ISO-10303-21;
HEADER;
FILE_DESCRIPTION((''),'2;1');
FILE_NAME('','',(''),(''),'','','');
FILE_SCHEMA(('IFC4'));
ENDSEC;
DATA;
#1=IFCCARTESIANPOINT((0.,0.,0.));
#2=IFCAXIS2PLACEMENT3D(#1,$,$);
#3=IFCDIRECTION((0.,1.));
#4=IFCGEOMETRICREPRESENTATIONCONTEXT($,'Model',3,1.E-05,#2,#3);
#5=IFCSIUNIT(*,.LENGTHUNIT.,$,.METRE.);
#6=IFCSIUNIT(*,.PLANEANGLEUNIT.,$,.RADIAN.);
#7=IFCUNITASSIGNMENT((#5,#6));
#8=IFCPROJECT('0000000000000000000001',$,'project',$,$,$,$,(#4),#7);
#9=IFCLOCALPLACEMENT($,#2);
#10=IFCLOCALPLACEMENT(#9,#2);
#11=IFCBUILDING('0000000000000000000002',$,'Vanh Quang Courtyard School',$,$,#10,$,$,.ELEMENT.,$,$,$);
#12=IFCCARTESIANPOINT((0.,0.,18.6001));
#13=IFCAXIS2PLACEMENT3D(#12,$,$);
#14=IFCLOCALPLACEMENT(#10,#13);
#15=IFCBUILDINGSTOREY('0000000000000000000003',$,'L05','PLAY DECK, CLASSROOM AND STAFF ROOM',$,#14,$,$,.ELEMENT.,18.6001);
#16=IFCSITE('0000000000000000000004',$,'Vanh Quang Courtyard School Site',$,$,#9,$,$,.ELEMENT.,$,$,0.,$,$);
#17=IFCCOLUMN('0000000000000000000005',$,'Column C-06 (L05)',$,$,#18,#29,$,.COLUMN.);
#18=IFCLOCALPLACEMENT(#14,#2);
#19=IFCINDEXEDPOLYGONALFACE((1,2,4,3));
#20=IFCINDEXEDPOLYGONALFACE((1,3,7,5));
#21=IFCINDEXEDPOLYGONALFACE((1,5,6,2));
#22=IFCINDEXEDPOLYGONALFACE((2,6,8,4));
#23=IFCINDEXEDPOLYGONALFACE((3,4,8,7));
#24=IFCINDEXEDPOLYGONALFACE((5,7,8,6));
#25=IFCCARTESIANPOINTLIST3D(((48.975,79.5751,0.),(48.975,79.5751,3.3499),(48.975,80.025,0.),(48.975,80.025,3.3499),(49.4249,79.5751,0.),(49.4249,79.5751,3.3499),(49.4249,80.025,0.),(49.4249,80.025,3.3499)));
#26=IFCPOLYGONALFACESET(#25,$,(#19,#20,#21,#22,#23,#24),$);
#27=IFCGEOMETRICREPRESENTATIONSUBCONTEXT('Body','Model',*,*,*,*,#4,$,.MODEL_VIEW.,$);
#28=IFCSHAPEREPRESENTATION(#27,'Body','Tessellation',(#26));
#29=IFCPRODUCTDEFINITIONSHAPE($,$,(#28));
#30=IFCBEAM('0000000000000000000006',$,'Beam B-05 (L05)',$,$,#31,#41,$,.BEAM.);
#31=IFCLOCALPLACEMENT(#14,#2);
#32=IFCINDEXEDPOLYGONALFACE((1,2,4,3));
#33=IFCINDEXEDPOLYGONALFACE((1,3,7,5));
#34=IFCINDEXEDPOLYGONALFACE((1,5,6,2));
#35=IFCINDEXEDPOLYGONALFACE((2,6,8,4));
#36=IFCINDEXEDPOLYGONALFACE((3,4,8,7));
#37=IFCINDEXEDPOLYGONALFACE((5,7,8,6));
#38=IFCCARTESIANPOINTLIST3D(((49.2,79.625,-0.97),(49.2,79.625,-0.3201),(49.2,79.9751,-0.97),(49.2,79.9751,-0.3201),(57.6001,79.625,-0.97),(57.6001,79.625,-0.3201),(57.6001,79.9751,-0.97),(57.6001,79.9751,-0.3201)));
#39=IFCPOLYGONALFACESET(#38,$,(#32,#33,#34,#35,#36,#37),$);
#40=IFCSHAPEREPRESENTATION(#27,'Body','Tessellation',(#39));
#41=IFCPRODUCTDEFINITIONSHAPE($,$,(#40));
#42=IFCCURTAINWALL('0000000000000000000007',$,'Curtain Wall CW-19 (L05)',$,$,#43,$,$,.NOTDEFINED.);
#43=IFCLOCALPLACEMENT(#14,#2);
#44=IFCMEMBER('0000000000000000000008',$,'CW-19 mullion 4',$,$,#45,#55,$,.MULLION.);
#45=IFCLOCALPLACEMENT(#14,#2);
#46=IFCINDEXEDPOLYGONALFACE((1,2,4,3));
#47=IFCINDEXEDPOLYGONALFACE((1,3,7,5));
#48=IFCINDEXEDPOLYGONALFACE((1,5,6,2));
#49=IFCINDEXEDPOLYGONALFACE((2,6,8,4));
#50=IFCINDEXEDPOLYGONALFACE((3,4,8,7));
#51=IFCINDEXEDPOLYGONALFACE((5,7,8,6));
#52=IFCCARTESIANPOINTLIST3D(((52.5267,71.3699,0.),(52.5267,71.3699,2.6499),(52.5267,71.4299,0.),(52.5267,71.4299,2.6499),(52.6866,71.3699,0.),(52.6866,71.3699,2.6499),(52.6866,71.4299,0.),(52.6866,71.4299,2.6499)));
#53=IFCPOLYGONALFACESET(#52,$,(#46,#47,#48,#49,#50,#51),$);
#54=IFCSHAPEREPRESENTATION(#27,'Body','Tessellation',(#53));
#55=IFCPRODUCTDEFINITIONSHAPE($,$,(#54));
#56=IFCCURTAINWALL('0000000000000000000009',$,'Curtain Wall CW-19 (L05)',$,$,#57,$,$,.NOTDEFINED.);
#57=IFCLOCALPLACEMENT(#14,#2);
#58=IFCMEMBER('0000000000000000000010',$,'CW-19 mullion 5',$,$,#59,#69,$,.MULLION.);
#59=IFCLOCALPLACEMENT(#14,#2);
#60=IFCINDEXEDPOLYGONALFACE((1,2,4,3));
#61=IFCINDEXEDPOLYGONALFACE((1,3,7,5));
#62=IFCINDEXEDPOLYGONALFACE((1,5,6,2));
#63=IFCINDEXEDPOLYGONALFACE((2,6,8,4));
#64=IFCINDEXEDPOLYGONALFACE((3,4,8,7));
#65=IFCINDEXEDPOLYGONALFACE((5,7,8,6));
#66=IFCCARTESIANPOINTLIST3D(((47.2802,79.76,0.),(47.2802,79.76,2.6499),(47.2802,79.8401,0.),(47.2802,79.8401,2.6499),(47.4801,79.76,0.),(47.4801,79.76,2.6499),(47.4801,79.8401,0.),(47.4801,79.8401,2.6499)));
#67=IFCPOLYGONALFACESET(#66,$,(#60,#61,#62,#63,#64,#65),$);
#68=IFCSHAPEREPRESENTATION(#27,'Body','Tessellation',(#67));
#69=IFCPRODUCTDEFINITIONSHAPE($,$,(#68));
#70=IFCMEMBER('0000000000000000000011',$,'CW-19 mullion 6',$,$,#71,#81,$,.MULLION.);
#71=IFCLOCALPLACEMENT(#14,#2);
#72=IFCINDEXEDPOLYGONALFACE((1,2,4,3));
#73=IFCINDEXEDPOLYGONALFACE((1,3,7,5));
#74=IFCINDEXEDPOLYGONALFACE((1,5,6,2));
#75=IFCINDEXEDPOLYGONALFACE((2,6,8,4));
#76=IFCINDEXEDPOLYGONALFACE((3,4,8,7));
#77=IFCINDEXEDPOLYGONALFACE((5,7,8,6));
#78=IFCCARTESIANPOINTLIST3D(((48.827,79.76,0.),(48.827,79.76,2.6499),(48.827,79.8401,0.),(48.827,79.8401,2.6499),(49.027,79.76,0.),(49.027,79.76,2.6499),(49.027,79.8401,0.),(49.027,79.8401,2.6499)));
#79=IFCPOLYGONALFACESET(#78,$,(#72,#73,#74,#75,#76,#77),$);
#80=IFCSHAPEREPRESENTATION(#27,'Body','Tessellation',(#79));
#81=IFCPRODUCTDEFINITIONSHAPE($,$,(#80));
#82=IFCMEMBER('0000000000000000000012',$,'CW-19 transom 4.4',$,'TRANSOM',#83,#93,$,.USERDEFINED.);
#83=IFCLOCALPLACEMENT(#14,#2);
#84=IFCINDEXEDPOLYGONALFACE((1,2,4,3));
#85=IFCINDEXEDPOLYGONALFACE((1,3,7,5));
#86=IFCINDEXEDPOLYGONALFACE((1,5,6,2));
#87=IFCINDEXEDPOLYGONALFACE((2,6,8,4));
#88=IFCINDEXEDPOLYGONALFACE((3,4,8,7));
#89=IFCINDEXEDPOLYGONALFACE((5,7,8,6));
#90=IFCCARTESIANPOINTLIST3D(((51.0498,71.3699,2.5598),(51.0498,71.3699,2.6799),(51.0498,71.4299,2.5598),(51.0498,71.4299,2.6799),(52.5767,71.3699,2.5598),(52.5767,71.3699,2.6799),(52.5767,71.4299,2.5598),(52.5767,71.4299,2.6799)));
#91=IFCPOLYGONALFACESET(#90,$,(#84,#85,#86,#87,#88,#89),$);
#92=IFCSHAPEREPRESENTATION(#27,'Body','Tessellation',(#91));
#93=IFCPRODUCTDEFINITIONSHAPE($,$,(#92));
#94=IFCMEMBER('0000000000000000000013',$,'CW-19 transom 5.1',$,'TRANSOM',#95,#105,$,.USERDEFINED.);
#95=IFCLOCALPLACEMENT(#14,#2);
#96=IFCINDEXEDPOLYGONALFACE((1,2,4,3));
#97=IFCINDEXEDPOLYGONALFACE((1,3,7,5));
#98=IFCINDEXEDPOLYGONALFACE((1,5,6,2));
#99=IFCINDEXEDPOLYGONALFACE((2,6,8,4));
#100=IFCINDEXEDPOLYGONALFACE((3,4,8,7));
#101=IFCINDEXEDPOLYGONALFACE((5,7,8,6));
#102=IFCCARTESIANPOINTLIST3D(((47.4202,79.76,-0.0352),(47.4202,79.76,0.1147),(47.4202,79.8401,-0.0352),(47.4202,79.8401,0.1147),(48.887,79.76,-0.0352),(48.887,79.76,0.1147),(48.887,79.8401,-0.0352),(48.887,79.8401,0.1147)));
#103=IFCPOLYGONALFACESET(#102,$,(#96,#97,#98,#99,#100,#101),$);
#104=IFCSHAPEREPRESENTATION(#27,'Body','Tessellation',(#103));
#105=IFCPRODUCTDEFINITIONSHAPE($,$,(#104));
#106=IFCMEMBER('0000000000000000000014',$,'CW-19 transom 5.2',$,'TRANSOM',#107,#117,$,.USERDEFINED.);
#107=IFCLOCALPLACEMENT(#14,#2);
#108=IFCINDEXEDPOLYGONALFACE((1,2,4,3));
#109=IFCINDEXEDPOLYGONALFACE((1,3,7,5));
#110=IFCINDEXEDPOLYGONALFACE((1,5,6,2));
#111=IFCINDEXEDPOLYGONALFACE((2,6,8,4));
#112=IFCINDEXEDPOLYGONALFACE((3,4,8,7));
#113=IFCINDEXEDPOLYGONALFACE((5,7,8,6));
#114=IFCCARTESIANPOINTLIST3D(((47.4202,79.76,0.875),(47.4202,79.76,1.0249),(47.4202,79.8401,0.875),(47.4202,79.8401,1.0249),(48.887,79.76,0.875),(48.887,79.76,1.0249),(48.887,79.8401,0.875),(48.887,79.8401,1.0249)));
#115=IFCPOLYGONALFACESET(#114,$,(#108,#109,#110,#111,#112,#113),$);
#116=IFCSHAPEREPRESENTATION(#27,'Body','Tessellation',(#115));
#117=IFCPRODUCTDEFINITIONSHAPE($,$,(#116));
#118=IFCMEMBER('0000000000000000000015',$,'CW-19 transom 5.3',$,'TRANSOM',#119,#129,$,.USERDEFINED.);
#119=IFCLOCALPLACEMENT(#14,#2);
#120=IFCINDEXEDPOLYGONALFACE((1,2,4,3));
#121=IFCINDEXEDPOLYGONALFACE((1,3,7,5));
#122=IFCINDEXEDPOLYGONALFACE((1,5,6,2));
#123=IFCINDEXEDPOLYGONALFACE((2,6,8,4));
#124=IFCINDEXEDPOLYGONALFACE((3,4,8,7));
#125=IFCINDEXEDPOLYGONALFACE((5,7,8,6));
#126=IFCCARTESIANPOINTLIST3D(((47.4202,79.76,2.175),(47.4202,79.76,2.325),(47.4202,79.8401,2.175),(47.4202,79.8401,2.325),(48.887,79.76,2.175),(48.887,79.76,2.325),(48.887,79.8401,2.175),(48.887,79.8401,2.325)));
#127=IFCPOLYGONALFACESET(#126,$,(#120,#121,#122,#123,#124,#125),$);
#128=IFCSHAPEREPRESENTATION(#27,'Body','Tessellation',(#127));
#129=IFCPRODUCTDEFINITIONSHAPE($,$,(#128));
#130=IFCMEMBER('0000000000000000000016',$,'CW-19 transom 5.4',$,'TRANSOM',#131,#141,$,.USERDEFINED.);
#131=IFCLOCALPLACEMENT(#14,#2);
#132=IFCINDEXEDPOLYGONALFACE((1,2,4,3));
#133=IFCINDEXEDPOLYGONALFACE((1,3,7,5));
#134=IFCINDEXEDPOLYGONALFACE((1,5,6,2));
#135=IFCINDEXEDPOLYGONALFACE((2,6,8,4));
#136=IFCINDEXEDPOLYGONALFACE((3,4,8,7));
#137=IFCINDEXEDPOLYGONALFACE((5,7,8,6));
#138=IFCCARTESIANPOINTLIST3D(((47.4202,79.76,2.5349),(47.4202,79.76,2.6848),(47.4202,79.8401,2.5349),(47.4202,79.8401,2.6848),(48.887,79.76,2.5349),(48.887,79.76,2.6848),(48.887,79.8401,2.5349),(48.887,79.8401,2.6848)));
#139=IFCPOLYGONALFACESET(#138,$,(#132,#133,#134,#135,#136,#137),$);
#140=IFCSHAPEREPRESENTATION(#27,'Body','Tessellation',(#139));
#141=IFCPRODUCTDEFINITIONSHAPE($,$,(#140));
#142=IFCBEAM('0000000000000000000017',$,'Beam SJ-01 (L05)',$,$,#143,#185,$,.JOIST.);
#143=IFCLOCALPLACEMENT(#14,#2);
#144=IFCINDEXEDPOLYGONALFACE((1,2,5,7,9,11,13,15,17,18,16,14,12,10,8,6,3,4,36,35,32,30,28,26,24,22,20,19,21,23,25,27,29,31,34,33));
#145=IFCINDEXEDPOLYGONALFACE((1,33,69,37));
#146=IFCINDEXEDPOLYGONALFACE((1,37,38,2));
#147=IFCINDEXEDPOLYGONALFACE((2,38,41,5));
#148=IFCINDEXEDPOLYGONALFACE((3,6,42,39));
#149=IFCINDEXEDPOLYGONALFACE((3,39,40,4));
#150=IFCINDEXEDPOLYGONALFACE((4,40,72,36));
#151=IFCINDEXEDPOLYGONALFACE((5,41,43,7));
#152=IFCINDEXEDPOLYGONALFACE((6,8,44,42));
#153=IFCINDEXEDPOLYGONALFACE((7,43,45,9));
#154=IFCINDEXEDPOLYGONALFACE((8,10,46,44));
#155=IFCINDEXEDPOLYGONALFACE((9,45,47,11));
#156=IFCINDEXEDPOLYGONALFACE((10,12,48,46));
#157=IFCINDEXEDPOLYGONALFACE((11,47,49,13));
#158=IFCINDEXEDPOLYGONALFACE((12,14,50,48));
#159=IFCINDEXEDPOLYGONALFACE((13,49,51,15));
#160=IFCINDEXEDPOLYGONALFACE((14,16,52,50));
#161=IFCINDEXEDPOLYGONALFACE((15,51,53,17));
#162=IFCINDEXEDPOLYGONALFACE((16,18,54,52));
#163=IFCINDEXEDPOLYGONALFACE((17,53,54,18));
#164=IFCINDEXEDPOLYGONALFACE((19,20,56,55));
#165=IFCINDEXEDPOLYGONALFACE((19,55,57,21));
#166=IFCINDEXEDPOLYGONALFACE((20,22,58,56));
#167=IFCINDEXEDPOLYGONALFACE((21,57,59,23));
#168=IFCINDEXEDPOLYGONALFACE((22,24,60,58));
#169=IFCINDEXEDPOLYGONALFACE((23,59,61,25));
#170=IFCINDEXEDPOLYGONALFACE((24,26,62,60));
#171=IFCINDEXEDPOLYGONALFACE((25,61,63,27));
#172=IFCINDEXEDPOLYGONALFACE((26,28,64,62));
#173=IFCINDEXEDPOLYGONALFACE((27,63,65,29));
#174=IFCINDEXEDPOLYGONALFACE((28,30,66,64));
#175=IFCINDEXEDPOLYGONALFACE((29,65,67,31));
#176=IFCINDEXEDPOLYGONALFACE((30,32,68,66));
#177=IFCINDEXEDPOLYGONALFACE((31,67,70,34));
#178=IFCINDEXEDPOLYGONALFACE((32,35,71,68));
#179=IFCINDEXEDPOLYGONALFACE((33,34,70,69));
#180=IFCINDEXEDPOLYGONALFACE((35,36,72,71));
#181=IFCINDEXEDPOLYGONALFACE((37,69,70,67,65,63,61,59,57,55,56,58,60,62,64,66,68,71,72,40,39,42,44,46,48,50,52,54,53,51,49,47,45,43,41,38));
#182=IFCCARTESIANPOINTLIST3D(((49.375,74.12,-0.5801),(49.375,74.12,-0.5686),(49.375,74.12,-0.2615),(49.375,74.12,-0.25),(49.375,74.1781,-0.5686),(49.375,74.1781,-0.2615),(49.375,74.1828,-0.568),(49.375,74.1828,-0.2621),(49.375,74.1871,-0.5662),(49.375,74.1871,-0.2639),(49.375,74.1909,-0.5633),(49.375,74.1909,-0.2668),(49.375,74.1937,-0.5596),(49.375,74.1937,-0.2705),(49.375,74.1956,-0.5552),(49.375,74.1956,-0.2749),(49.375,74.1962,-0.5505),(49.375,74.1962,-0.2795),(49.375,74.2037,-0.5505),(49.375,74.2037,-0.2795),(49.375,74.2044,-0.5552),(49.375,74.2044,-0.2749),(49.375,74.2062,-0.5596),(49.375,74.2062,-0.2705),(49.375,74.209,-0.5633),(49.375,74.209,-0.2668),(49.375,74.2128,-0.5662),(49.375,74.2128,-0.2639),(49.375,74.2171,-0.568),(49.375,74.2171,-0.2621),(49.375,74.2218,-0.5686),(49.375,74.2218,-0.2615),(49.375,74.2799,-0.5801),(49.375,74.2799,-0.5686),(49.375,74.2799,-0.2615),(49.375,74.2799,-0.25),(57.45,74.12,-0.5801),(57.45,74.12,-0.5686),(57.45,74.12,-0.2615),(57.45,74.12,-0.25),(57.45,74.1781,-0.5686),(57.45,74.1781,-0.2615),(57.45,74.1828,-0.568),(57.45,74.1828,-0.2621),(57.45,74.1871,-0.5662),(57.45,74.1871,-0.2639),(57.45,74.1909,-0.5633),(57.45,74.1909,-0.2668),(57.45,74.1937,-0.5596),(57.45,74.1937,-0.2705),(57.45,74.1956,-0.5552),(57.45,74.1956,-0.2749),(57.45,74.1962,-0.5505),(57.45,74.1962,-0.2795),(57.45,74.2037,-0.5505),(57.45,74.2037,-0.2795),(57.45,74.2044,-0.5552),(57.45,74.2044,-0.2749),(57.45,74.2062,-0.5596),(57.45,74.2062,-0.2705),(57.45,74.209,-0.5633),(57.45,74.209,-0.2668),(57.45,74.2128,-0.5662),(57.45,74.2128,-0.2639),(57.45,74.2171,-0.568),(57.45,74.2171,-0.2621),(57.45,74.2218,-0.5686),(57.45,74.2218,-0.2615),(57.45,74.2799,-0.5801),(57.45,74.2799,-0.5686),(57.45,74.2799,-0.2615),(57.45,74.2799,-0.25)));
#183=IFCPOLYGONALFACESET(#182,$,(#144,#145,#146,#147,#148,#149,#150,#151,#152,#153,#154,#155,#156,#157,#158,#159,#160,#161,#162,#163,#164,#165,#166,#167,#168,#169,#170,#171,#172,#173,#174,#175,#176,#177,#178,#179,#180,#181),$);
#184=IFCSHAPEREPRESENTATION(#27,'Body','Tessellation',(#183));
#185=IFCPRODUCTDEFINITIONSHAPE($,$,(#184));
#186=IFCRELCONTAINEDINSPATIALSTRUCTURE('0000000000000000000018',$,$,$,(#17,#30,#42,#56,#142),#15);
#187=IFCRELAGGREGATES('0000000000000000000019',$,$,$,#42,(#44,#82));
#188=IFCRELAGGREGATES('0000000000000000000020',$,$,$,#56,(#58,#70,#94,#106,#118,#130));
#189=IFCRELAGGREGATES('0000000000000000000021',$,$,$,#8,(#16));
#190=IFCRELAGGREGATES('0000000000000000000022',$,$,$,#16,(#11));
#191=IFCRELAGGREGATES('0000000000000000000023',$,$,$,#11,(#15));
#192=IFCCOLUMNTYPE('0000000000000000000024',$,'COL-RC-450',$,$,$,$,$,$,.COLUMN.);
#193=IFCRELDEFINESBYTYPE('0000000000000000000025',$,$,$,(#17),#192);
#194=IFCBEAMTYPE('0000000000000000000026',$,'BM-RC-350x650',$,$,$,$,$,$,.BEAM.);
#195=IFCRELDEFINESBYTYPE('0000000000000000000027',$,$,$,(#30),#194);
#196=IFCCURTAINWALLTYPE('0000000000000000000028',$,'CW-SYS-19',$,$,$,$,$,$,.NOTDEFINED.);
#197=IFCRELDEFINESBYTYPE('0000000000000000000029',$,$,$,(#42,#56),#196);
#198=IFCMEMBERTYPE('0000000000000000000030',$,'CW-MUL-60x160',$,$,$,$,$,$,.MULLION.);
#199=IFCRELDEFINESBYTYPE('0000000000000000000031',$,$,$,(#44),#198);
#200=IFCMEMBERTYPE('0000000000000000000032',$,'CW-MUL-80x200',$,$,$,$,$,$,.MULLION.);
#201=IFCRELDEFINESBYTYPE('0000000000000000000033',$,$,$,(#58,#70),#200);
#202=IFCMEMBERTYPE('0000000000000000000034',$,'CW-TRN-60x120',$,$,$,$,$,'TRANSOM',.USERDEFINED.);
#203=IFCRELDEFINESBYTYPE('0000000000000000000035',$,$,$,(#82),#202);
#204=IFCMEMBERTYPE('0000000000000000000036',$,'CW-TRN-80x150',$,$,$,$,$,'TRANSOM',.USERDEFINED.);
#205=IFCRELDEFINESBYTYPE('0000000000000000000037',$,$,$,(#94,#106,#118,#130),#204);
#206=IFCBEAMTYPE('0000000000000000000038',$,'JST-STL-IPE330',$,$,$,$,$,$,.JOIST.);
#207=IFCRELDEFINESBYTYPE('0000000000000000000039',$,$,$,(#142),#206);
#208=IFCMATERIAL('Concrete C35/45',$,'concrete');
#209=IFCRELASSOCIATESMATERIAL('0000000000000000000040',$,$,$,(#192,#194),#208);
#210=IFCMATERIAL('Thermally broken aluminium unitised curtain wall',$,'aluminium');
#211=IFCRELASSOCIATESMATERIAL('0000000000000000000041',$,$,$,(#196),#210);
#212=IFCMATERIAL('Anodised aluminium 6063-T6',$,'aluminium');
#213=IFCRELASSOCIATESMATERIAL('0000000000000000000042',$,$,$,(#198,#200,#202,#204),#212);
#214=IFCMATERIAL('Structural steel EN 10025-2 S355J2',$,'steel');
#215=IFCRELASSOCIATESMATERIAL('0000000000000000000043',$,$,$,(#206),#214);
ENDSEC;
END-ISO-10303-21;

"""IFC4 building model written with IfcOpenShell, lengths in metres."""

from ifc_helpers import new_model, si_unit, direction, frame, origin, origin_2d, place, context, subcontext, project, spatial, rectangle, i_section, extrude, material, material_profile, profile_set, type_object, element, aggregate, save


model = new_model("IFC4")

# Units and contexts
model_context = context("Model", 3, precision=1e-05, world=origin(), true_north=direction((0.0, 1.0)))
body_context = subcontext(model_context, "Body", "Model", "MODEL_VIEW")
ifc_project = project(units=[si_unit("LENGTHUNIT", "METRE"), si_unit("PLANEANGLEUNIT", "RADIAN")], contexts=[model_context])

# Site, building, storey
site_placement = place(None, origin())
site = spatial("IfcSite", under=ifc_project, at=site_placement, Name="Vanh Quang Courtyard School Site", CompositionType="ELEMENT", RefElevation=0.0)
building_placement = place(site_placement, origin())
building = spatial("IfcBuilding", under=site, at=building_placement, Name="Vanh Quang Courtyard School", CompositionType="ELEMENT")
storey_placement = place(building_placement, frame((0.0, 0.0, 18.6001)))
storey = spatial("IfcBuildingStorey", under=building, at=storey_placement, Name="L05", Description="PLAY DECK, CLASSROOM AND STAFF ROOM", CompositionType="ELEMENT", Elevation=18.6001)

# Column
ifc_material_1 = material(Name="Concrete C35/45", Category="concrete")
ifc_material_profile_1 = material_profile(ifc_material_1, rectangle(XDim=0.45, YDim=0.45, at=origin_2d()), Name="RC-COL 450x450")
ifc_profile_set_1 = profile_set([ifc_material_profile_1], Name="Concrete C35/45")
column_type = type_object("IfcColumnType", Name="COL-RC-450", PredefinedType="COLUMN", material=ifc_profile_set_1)
column_placement = place(storey_placement, frame((49.2, 79.8, 0.0), z_axis=(0.0, 0.0, 1.0), x_axis=(1.0, 0.0, 0.0)))
element("IfcColumn", 1, at=column_placement, inside=storey, type_object=column_type, Name="Column C-06 (L05)", PredefinedType="COLUMN", context=body_context, shape_type="SweptSolid", body=[
    extrude(rectangle(XDim=0.45, YDim=0.45, at=origin_2d()), origin(), (0.0, 0.0, 1.0), 3.3499),
])

# Beam
ifc_material_profile_2 = material_profile(ifc_material_1, rectangle(XDim=0.3501, YDim=0.6499, at=origin_2d()), Name="RC-BM 350x650")
ifc_profile_set_2 = profile_set([ifc_material_profile_2], Name="Concrete C35/45")
beam_type_1 = type_object("IfcBeamType", Name="BM-RC-350x650", PredefinedType="BEAM", material=ifc_profile_set_2)
beam_placement = place(storey_placement, frame((49.2, 79.8, -0.645), z_axis=(1.0, 0.0, 0.0), x_axis=(0.0, 1.0, 0.0)))
element("IfcBeam", 2, at=beam_placement, inside=storey, type_object=beam_type_1, Name="Beam B-05 (L05)", PredefinedType="BEAM", context=body_context, shape_type="SweptSolid", body=[
    extrude(rectangle(XDim=0.3501, YDim=0.6499, at=origin_2d()), origin(), (0.0, 0.0, 1.0), 8.4001),
])

# Curtain wall, member
ifc_material_2 = material(Name="Thermally broken aluminium unitised curtain wall", Category="aluminium")
curtain_wall_type = type_object("IfcCurtainWallType", Name="CW-SYS-19", PredefinedType="NOTDEFINED", material=ifc_material_2)
curtain_wall_1_placement = place(storey_placement, origin())
curtain_wall_1 = element("IfcCurtainWall", 3, at=curtain_wall_1_placement, inside=storey, type_object=curtain_wall_type, Name="Curtain Wall CW-19 (L05)", PredefinedType="NOTDEFINED")
ifc_material_3 = material(Name="Anodised aluminium 6063-T6", Category="aluminium")
ifc_material_profile_3 = material_profile(ifc_material_3, rectangle(XDim=0.0601, YDim=0.1599, at=origin_2d()), Name="ALU-MUL 60x160")
ifc_profile_set_3 = profile_set([ifc_material_profile_3], Name="Anodised aluminium 6063-T6")
member_type_1 = type_object("IfcMemberType", Name="CW-MUL-60x160", PredefinedType="MULLION", material=ifc_profile_set_3)
member_1_placement = place(storey_placement, frame((52.6067, 71.3999, 0.0), z_axis=(0.0, 0.0, 1.0), x_axis=(0.0, -1.0, 0.0)))
member_1 = element("IfcMember", 4, at=member_1_placement, type_object=member_type_1, Name="CW-19 mullion 4", PredefinedType="MULLION", context=body_context, shape_type="SweptSolid", body=[
    extrude(rectangle(XDim=0.0601, YDim=0.1599, at=origin_2d()), origin(), (0.0, 0.0, 1.0), 2.6499),
])

# Curtain wall, members
curtain_wall_2_placement = place(storey_placement, origin())
curtain_wall_2 = element("IfcCurtainWall", 5, at=curtain_wall_2_placement, inside=storey, type_object=curtain_wall_type, Name="Curtain Wall CW-19 (L05)", PredefinedType="NOTDEFINED")
ifc_material_profile_4 = material_profile(ifc_material_3, rectangle(XDim=0.0801, YDim=0.2, at=origin_2d()), Name="ALU-MUL 80x200")
ifc_profile_set_4 = profile_set([ifc_material_profile_4], Name="Anodised aluminium 6063-T6")
member_type_2 = type_object("IfcMemberType", Name="CW-MUL-80x200", PredefinedType="MULLION", material=ifc_profile_set_4)
member_2_placement = place(storey_placement, frame((47.3801, 79.8, 0.0), z_axis=(0.0, 0.0, 1.0), x_axis=(0.0, 1.0, 0.0)))
member_2 = element("IfcMember", 6, at=member_2_placement, type_object=member_type_2, Name="CW-19 mullion 5", PredefinedType="MULLION", context=body_context, shape_type="SweptSolid", body=[
    extrude(rectangle(XDim=0.0801, YDim=0.2, at=origin_2d()), origin(), (0.0, 0.0, 1.0), 2.6499),
])
member_3_placement = place(storey_placement, frame((48.927, 79.8, 0.0), z_axis=(0.0, 0.0, 1.0), x_axis=(0.0, 1.0, 0.0)))
member_3 = element("IfcMember", 7, at=member_3_placement, type_object=member_type_2, Name="CW-19 mullion 6", PredefinedType="MULLION", context=body_context, shape_type="SweptSolid", body=[
    extrude(rectangle(XDim=0.0801, YDim=0.2, at=origin_2d()), origin(), (0.0, 0.0, 1.0), 2.6499),
])

# Members
ifc_material_profile_5 = material_profile(ifc_material_3, rectangle(XDim=0.0601, YDim=0.1201, at=origin_2d()), Name="ALU-TRN 60x120")
ifc_profile_set_5 = profile_set([ifc_material_profile_5], Name="Anodised aluminium 6063-T6")
member_type_3 = type_object("IfcMemberType", Name="CW-TRN-60x120", ElementType="TRANSOM", PredefinedType="USERDEFINED", material=ifc_profile_set_5)
member_4_placement = place(storey_placement, frame((52.5767, 71.3999, 2.6199), z_axis=(-1.0, 0.0, 0.0), x_axis=(0.0, -1.0, 0.0)))
member_4 = element("IfcMember", 8, at=member_4_placement, type_object=member_type_3, Name="CW-19 transom 4.4", ObjectType="TRANSOM", PredefinedType="USERDEFINED", context=body_context, shape_type="SweptSolid", body=[
    extrude(rectangle(XDim=0.0601, YDim=0.1201, at=origin_2d()), origin(), (0.0, 0.0, 1.0), 1.5269),
])
aggregate(curtain_wall_1, [member_1, member_4])
ifc_material_profile_6 = material_profile(ifc_material_3, rectangle(XDim=0.0801, YDim=0.1499, at=origin_2d()), Name="ALU-TRN 80x150")
ifc_profile_set_6 = profile_set([ifc_material_profile_6], Name="Anodised aluminium 6063-T6")
member_type_4 = type_object("IfcMemberType", Name="CW-TRN-80x150", ElementType="TRANSOM", PredefinedType="USERDEFINED", material=ifc_profile_set_6)
member_5_placement = place(storey_placement, frame((47.4202, 79.8, 0.0398), z_axis=(1.0, 0.0, 0.0), x_axis=(0.0, 1.0, 0.0)))
member_5 = element("IfcMember", 9, at=member_5_placement, type_object=member_type_4, Name="CW-19 transom 5.1", ObjectType="TRANSOM", PredefinedType="USERDEFINED", context=body_context, shape_type="SweptSolid", body=[
    extrude(rectangle(XDim=0.0801, YDim=0.1499, at=origin_2d()), origin(), (0.0, 0.0, 1.0), 1.4668),
])
member_6_placement = place(storey_placement, frame((47.4202, 79.8, 0.95), z_axis=(1.0, 0.0, 0.0), x_axis=(0.0, 1.0, 0.0)))
member_6 = element("IfcMember", 10, at=member_6_placement, type_object=member_type_4, Name="CW-19 transom 5.2", ObjectType="TRANSOM", PredefinedType="USERDEFINED", context=body_context, shape_type="SweptSolid", body=[
    extrude(rectangle(XDim=0.0801, YDim=0.1499, at=origin_2d()), origin(), (0.0, 0.0, 1.0), 1.4668),
])
member_7_placement = place(storey_placement, frame((47.4202, 79.8, 2.25), z_axis=(1.0, 0.0, 0.0), x_axis=(0.0, 1.0, 0.0)))
member_7 = element("IfcMember", 11, at=member_7_placement, type_object=member_type_4, Name="CW-19 transom 5.3", ObjectType="TRANSOM", PredefinedType="USERDEFINED", context=body_context, shape_type="SweptSolid", body=[
    extrude(rectangle(XDim=0.0801, YDim=0.1499, at=origin_2d()), origin(), (0.0, 0.0, 1.0), 1.4668),
])
member_8_placement = place(storey_placement, frame((47.4202, 79.8, 2.6099), z_axis=(1.0, 0.0, 0.0), x_axis=(0.0, 1.0, 0.0)))
member_8 = element("IfcMember", 12, at=member_8_placement, type_object=member_type_4, Name="CW-19 transom 5.4", ObjectType="TRANSOM", PredefinedType="USERDEFINED", context=body_context, shape_type="SweptSolid", body=[
    extrude(rectangle(XDim=0.0801, YDim=0.1499, at=origin_2d()), origin(), (0.0, 0.0, 1.0), 1.4668),
])

# Beam
ifc_material_4 = material(Name="Structural steel EN 10025-2 S355J2", Category="steel")
ifc_material_profile_7 = material_profile(ifc_material_4, i_section(OverallWidth=0.1599, OverallDepth=0.3301, WebThickness=0.0076, FlangeThickness=0.0115, FilletRadius=0.0181, at=origin_2d()), Name="IPE 330")
ifc_profile_set_7 = profile_set([ifc_material_profile_7], Name="Structural steel EN 10025-2 S355J2")
beam_type_2 = type_object("IfcBeamType", Name="JST-STL-IPE330", PredefinedType="JOIST", material=ifc_profile_set_7)
for number, where, z_axis, x_axis, name in (
    (13, (49.375, 74.2, -0.415), (1.0, 0.0, 0.0), (0.0, 1.0, 0.0), "Beam SJ-01 (L05)"),
):
    element("IfcBeam", number, at=place(storey_placement, frame(where, z_axis=z_axis, x_axis=x_axis)), inside=storey, type_object=beam_type_2, Name=name, PredefinedType="JOIST", context=body_context, shape_type="SweptSolid", body=[
        extrude(i_section(OverallWidth=0.1599, OverallDepth=0.3301, WebThickness=0.0076, FlangeThickness=0.0115, FilletRadius=0.0181, at=origin_2d()), origin(), (0.0, 0.0, 1.0), 8.075),
    ])

aggregate(curtain_wall_2, [member_2, member_3, member_5, member_6, member_7, member_8])

save(model, "model.ifc")
